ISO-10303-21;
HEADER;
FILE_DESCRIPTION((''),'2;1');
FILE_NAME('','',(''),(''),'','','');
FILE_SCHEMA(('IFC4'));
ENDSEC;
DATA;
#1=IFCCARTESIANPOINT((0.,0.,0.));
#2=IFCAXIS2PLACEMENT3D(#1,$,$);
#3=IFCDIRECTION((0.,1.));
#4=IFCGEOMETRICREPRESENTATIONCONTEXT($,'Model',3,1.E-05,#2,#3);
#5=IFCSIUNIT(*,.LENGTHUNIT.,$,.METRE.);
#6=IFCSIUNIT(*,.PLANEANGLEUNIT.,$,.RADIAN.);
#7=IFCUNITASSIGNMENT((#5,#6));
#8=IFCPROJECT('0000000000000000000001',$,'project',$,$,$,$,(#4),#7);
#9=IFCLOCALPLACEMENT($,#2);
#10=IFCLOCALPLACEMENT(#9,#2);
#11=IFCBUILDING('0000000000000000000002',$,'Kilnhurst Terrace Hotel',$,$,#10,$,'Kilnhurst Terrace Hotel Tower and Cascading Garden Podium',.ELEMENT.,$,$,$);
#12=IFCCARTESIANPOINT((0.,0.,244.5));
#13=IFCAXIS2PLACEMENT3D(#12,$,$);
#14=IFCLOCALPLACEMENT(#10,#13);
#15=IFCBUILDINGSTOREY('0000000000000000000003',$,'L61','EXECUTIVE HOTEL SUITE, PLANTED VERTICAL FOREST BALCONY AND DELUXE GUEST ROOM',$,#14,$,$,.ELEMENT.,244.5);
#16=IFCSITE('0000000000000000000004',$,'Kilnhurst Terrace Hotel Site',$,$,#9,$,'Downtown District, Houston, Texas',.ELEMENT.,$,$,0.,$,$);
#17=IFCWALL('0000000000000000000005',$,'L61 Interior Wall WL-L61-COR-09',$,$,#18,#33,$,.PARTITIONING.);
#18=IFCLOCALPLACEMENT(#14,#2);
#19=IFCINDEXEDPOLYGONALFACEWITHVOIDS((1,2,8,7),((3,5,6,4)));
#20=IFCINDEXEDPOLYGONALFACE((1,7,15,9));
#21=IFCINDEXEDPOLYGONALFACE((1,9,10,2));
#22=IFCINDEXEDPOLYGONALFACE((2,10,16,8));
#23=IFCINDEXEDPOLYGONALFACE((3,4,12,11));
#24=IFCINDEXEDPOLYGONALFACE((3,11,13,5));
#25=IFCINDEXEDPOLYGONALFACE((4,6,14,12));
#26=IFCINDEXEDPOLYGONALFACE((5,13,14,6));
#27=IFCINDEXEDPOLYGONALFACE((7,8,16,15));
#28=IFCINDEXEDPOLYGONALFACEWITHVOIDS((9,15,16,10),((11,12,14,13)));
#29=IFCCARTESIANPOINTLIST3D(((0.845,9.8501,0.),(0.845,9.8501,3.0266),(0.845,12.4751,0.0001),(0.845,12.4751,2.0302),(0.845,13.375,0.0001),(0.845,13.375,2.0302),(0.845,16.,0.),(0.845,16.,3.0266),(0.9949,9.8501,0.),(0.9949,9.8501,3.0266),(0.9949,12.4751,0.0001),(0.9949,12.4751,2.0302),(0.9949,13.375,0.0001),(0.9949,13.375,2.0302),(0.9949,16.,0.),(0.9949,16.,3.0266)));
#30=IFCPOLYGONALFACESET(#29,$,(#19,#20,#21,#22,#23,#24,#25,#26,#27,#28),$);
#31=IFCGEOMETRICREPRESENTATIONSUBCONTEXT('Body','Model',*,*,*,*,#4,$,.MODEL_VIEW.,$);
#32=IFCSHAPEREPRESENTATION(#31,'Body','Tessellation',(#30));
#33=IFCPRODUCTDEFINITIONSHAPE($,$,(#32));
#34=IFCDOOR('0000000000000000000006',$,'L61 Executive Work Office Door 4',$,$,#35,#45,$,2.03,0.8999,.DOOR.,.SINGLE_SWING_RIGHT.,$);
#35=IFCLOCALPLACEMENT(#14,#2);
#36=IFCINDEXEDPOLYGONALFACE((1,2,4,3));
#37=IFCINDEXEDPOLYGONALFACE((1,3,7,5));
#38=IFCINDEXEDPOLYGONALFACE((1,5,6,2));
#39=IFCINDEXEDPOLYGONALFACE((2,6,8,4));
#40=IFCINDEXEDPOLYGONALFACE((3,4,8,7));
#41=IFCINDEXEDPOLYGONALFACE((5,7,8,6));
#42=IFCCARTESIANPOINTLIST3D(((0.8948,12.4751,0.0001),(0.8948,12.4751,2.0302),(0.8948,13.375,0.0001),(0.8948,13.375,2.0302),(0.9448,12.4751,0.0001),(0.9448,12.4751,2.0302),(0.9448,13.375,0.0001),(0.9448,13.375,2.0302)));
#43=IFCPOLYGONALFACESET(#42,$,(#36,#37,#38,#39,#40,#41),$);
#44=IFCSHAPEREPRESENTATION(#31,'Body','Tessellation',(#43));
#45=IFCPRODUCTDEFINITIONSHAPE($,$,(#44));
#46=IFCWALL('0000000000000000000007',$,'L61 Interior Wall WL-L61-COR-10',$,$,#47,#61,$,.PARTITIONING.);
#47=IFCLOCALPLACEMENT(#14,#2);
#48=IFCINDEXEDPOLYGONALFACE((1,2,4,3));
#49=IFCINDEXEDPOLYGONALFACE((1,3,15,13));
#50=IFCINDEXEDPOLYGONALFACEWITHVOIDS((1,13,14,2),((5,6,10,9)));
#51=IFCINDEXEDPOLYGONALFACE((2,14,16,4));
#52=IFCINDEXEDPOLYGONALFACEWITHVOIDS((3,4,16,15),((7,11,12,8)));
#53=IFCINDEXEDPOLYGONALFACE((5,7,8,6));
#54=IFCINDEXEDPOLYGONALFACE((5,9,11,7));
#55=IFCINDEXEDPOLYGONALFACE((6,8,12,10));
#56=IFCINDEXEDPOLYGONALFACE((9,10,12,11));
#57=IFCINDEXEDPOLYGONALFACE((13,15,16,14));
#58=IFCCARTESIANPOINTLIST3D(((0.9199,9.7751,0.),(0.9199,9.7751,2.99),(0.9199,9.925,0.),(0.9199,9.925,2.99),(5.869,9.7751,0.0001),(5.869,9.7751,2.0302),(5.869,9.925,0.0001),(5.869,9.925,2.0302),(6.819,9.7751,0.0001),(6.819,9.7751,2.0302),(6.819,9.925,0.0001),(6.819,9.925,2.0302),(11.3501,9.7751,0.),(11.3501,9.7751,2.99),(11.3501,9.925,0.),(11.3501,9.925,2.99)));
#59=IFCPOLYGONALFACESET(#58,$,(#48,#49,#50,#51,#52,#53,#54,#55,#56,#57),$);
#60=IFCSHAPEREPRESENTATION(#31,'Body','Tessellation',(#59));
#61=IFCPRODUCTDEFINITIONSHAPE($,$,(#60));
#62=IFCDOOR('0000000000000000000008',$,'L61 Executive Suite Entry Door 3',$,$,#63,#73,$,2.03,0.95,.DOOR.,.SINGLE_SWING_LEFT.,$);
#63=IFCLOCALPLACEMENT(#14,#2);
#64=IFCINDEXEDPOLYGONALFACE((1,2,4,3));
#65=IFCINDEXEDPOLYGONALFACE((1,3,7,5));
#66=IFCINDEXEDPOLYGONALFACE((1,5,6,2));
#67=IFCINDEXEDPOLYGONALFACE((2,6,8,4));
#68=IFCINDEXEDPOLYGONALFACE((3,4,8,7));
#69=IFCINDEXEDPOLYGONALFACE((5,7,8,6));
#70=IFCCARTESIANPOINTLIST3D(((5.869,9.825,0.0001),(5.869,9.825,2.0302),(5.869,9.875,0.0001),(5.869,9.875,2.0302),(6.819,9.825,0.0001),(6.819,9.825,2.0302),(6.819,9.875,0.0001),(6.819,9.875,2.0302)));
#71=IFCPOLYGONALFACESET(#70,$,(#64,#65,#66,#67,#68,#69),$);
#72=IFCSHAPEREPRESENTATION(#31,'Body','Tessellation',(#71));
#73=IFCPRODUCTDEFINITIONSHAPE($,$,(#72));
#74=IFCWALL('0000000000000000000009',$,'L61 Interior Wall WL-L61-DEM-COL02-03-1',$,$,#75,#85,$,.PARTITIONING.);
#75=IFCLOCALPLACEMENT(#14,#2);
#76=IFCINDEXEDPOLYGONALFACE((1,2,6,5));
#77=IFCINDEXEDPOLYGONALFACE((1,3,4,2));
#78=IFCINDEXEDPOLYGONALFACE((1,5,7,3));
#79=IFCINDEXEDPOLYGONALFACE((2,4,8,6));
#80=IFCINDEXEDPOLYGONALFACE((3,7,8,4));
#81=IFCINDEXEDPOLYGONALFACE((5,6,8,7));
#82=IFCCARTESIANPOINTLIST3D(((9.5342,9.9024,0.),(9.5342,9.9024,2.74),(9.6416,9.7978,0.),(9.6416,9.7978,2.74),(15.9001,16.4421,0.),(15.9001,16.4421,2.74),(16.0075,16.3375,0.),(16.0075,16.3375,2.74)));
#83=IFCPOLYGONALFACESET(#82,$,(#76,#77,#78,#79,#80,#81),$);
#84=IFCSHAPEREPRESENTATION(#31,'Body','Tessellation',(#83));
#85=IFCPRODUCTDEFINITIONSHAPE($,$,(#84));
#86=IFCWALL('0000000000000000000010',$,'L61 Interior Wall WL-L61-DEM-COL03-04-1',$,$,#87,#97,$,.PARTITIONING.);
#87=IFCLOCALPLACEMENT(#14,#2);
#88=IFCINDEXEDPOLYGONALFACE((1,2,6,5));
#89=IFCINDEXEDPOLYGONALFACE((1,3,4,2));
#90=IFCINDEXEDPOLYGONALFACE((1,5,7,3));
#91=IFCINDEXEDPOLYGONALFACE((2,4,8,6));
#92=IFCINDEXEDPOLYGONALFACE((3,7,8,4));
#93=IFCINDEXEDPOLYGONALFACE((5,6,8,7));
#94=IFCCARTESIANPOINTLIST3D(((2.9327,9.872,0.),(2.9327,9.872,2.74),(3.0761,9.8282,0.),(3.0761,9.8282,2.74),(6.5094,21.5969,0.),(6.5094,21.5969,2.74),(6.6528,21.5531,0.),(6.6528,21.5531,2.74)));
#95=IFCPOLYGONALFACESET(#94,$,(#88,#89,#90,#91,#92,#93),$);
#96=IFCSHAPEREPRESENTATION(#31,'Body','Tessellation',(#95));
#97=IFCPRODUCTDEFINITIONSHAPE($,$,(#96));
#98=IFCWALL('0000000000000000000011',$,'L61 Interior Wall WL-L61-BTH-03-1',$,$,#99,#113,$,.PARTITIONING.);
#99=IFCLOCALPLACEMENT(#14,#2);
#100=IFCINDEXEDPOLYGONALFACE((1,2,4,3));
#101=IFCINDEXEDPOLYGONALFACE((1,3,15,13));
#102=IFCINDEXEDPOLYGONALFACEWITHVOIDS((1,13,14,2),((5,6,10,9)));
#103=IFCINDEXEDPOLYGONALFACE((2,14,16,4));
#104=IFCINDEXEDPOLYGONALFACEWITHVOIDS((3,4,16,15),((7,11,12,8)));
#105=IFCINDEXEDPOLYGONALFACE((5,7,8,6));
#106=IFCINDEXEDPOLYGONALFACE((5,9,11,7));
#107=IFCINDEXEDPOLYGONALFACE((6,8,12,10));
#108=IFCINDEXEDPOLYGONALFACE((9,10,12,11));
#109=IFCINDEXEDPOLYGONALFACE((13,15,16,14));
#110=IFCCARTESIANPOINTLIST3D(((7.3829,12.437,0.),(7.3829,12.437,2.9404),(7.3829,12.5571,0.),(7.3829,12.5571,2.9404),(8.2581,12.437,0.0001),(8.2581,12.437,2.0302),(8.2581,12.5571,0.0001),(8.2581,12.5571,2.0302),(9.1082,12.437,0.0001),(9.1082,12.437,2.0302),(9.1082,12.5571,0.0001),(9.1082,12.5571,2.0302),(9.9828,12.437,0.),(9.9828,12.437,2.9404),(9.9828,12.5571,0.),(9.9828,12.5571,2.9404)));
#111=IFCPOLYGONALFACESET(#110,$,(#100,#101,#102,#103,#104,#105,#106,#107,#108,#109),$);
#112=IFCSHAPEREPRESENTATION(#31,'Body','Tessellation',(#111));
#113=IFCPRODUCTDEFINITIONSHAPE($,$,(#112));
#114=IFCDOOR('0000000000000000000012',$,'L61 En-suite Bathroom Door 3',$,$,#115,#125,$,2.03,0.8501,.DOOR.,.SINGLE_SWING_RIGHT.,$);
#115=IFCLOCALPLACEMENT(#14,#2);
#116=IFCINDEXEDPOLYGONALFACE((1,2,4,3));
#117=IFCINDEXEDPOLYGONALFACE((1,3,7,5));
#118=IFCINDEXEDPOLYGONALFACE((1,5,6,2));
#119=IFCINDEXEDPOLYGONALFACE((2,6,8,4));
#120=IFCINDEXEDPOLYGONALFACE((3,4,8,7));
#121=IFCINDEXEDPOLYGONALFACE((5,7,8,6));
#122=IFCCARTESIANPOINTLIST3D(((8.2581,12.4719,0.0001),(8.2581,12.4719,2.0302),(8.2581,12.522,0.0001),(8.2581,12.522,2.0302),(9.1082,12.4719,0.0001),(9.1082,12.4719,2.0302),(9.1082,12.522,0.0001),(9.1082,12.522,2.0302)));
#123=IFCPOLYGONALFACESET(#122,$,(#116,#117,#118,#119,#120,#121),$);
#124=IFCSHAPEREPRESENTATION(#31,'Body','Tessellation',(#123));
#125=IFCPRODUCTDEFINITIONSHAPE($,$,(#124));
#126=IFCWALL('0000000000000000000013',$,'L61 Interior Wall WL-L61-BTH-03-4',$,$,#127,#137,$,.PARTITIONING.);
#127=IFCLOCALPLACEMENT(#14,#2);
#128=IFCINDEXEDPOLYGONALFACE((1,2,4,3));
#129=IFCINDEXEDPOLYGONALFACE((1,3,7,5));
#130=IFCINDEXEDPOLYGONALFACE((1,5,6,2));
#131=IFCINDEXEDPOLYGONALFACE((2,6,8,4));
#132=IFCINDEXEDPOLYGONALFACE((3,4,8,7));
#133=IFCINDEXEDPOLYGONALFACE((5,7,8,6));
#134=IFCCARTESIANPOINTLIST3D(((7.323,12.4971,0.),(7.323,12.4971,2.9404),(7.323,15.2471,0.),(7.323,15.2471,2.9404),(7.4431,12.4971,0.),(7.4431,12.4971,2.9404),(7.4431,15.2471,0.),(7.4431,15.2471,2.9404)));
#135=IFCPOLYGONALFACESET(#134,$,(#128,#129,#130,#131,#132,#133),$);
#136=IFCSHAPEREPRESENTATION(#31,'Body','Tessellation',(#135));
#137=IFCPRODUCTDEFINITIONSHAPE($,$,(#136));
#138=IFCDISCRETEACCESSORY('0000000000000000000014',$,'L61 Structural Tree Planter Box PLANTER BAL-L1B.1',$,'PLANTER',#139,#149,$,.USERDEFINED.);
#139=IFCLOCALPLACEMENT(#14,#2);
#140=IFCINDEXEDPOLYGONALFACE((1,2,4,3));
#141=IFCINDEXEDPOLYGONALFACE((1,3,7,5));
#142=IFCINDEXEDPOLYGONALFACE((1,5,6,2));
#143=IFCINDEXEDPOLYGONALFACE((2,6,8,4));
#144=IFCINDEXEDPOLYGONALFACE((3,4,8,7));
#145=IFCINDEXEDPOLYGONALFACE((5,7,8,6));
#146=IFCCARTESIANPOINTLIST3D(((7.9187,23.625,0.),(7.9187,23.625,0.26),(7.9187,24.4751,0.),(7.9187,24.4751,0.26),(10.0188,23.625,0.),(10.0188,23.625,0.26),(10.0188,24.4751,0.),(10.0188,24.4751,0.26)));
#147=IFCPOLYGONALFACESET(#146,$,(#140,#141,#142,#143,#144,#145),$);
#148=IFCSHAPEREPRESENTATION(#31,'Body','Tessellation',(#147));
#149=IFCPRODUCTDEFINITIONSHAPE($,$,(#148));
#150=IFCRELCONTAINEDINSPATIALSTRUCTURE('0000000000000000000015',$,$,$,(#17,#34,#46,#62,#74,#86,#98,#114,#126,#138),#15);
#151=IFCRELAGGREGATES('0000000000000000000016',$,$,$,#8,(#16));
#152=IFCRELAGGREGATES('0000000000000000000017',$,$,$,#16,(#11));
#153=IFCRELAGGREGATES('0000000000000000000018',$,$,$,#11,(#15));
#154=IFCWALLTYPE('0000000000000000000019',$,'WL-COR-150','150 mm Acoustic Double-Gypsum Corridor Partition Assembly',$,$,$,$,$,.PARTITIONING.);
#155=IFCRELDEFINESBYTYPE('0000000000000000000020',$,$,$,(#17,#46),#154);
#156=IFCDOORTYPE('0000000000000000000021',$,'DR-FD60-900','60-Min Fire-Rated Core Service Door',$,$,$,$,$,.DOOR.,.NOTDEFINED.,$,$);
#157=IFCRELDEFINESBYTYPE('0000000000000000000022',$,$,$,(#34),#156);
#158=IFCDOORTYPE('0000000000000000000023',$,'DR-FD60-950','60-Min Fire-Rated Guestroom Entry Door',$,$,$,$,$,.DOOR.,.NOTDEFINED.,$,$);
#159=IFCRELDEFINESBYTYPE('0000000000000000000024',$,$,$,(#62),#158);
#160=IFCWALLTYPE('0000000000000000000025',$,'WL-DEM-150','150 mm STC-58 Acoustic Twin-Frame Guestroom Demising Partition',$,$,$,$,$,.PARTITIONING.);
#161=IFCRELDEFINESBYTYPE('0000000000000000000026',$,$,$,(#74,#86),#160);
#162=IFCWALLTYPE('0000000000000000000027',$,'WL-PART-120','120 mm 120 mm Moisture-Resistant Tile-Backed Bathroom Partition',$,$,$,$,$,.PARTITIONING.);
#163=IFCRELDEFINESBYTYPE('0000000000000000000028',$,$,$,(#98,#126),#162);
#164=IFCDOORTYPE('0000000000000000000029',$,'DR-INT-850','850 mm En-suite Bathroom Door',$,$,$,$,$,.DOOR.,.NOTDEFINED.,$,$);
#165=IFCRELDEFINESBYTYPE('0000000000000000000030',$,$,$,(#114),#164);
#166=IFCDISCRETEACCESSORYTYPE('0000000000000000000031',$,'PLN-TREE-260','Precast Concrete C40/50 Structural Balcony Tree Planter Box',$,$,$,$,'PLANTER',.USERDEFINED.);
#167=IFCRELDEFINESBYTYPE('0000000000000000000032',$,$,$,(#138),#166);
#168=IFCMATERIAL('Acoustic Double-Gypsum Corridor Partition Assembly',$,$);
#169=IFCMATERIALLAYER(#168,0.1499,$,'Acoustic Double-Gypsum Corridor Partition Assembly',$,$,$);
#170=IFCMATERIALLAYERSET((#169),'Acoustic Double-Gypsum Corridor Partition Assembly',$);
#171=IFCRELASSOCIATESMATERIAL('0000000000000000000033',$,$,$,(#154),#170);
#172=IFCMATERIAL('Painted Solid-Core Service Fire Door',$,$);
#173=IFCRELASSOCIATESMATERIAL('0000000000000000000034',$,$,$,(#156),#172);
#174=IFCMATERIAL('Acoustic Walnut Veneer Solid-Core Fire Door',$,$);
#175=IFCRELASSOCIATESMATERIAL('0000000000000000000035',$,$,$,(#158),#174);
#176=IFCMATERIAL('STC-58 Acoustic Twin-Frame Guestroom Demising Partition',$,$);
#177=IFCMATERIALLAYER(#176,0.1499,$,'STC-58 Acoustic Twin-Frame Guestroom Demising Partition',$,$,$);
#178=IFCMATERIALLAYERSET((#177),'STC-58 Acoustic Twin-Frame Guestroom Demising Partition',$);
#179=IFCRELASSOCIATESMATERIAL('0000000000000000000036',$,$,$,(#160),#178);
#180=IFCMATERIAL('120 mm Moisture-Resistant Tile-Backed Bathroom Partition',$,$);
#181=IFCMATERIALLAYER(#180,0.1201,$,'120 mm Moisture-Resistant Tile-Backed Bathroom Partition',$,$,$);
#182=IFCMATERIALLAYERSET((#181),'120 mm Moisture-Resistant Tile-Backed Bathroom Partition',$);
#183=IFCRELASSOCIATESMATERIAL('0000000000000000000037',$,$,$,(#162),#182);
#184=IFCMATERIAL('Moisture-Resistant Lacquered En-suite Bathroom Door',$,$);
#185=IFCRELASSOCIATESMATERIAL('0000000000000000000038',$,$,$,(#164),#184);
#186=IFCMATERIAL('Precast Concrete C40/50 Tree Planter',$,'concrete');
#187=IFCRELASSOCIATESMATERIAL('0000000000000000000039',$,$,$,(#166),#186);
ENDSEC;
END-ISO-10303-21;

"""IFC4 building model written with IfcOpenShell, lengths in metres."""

from ifc_helpers import new_model, si_unit, direction, frame, frame_2d, origin, origin_2d, place, context, subcontext, project, spatial, rectangle, extrude, material, layer, layer_set, type_object, element, fill, save


model = new_model("IFC4")

# Units and contexts
model_context = context("Model", 3, precision=1e-05, world=origin(), true_north=direction((0.0, 1.0)))
body_context = subcontext(model_context, "Body", "Model", "MODEL_VIEW")
ifc_project = project(units=[si_unit("LENGTHUNIT", "METRE"), si_unit("PLANEANGLEUNIT", "RADIAN")], contexts=[model_context])

# Site, building, storey
site_placement = place(None, origin())
site = spatial("IfcSite", under=ifc_project, at=site_placement, Name="Kilnhurst Terrace Hotel Site", LongName="Downtown District, Houston, Texas", CompositionType="ELEMENT", RefElevation=0.0)
building_placement = place(site_placement, origin())
building = spatial("IfcBuilding", under=site, at=building_placement, Name="Kilnhurst Terrace Hotel", LongName="Kilnhurst Terrace Hotel Tower and Cascading Garden Podium", CompositionType="ELEMENT")
storey_placement = place(building_placement, frame((0.0, 0.0, 244.5)))
storey = spatial("IfcBuildingStorey", under=building, at=storey_placement, Name="L61", Description="EXECUTIVE HOTEL SUITE, PLANTED VERTICAL FOREST BALCONY AND DELUXE GUEST ROOM", CompositionType="ELEMENT", Elevation=244.5)

# Walls, openings, doors
ifc_material_1 = material(Name="Acoustic Double-Gypsum Corridor Partition Assembly")
ifc_layer_1 = layer(ifc_material_1, 0.1499, Name="Acoustic Double-Gypsum Corridor Partition Assembly")
ifc_layer_set_1 = layer_set([ifc_layer_1], Name="Acoustic Double-Gypsum Corridor Partition Assembly")
wall_type_1 = type_object("IfcWallType", Name="WL-COR-150", Description="150 mm Acoustic Double-Gypsum Corridor Partition Assembly", PredefinedType="PARTITIONING", material=ifc_layer_set_1)
wall_1_placement = place(storey_placement, frame((0.9199, 16.0, 0.0), z_axis=(0.0, 0.0, 1.0), x_axis=(0.0, -1.0, 0.0)))
wall_1 = element("IfcWall", 1, at=wall_1_placement, inside=storey, type_object=wall_type_1, Name="L61 Interior Wall WL-L61-COR-09", PredefinedType="PARTITIONING", context=body_context, shape_type="SweptSolid", body=[
    extrude(rectangle(XDim=6.1499, YDim=0.1499, at=frame_2d((3.075, 0.0))), origin(), (0.0, 0.0, 1.0), 3.0266),
])
opening_1_placement = place(wall_1_placement, frame((2.625, 0.0, 0.0)))
opening_1 = element("IfcOpeningElement", 2, at=opening_1_placement, cuts=wall_1, PredefinedType="OPENING", context=body_context, shape_type="SweptSolid", body=[
    extrude(rectangle(XDim=0.8999, YDim=2.03, at=frame_2d((0.45, 1.0151))), frame((0.0, 0.085, 0.0), z_axis=(0.0, -1.0, 0.0), x_axis=(1.0, 0.0, 0.0)), (0.0, 0.0, 1.0), 0.1699),
])
ifc_material_2 = material(Name="Painted Solid-Core Service Fire Door")
door_type_1 = type_object("IfcDoorType", Name="DR-FD60-900", Description="60-Min Fire-Rated Core Service Door", OperationType="NOTDEFINED", PredefinedType="DOOR", material=ifc_material_2)
door_1_placement = place(opening_1_placement, origin())
door_1 = element("IfcDoor", 3, at=door_1_placement, inside=storey, type_object=door_type_1, Name="L61 Executive Work Office Door 4", OperationType="SINGLE_SWING_RIGHT", OverallHeight=2.03, OverallWidth=0.8999, PredefinedType="DOOR", context=body_context, shape_type="SweptSolid", body=[
    extrude(rectangle(XDim=0.8999, YDim=2.03, at=frame_2d((0.45, 1.0151))), frame((0.0, 0.0249, 0.0), z_axis=(0.0, -1.0, 0.0), x_axis=(1.0, 0.0, 0.0)), (0.0, 0.0, 1.0), 0.05),
])
fill(opening_1, door_1)
wall_2_placement = place(storey_placement, frame((0.9199, 9.8501, 0.0), z_axis=(0.0, 0.0, 1.0), x_axis=(1.0, 0.0, 0.0)))
wall_2 = element("IfcWall", 4, at=wall_2_placement, inside=storey, type_object=wall_type_1, Name="L61 Interior Wall WL-L61-COR-10", PredefinedType="PARTITIONING", context=body_context, shape_type="SweptSolid", body=[
    extrude(rectangle(XDim=10.4302, YDim=0.1499, at=frame_2d((5.2151, 0.0))), origin(), (0.0, 0.0, 1.0), 2.99),
])
opening_2_placement = place(wall_2_placement, frame((4.949, 0.0, 0.0)))
opening_2 = element("IfcOpeningElement", 5, at=opening_2_placement, cuts=wall_2, PredefinedType="OPENING", context=body_context, shape_type="SweptSolid", body=[
    extrude(rectangle(XDim=0.95, YDim=2.03, at=frame_2d((0.4751, 1.0151))), frame((0.0, 0.085, 0.0), z_axis=(0.0, -1.0, 0.0), x_axis=(1.0, 0.0, 0.0)), (0.0, 0.0, 1.0), 0.1699),
])
ifc_material_3 = material(Name="Acoustic Walnut Veneer Solid-Core Fire Door")
door_type_2 = type_object("IfcDoorType", Name="DR-FD60-950", Description="60-Min Fire-Rated Guestroom Entry Door", OperationType="NOTDEFINED", PredefinedType="DOOR", material=ifc_material_3)
door_2_placement = place(opening_2_placement, origin())
door_2 = element("IfcDoor", 6, at=door_2_placement, inside=storey, type_object=door_type_2, Name="L61 Executive Suite Entry Door 3", OperationType="SINGLE_SWING_LEFT", OverallHeight=2.03, OverallWidth=0.95, PredefinedType="DOOR", context=body_context, shape_type="SweptSolid", body=[
    extrude(rectangle(XDim=0.95, YDim=2.03, at=frame_2d((0.4751, 1.0151))), frame((0.0, 0.0249, 0.0), z_axis=(0.0, -1.0, 0.0), x_axis=(1.0, 0.0, 0.0)), (0.0, 0.0, 1.0), 0.05),
])
fill(opening_2, door_2)

# Walls
ifc_material_4 = material(Name="STC-58 Acoustic Twin-Frame Guestroom Demising Partition")
ifc_layer_2 = layer(ifc_material_4, 0.1499, Name="STC-58 Acoustic Twin-Frame Guestroom Demising Partition")
ifc_layer_set_2 = layer_set([ifc_layer_2], Name="STC-58 Acoustic Twin-Frame Guestroom Demising Partition")
wall_type_2 = type_object("IfcWallType", Name="WL-DEM-150", Description="150 mm STC-58 Acoustic Twin-Frame Guestroom Demising Partition", PredefinedType="PARTITIONING", material=ifc_layer_set_2)
wall_3_placement = place(storey_placement, frame((9.5879, 9.8501, 0.0), z_axis=(0.0, 0.0, 1.0), x_axis=(0.697519, 0.716566, 0.0)))
element("IfcWall", 7, at=wall_3_placement, inside=storey, type_object=wall_type_2, Name="L61 Interior Wall WL-L61-DEM-COL02-03-1", PredefinedType="PARTITIONING", context=body_context, shape_type="SweptSolid", body=[
    extrude(rectangle(XDim=9.1265, YDim=0.1499, at=frame_2d((4.5632, 0.0))), origin(), (0.0, 0.0, 1.0), 2.74),
])
wall_4_placement = place(storey_placement, frame((3.0044, 9.8501, 0.0), z_axis=(0.0, 0.0, 1.0), x_axis=(0.291776, 0.956487, 0.0)))
element("IfcWall", 8, at=wall_4_placement, inside=storey, type_object=wall_type_2, Name="L61 Interior Wall WL-L61-DEM-COL03-04-1", PredefinedType="PARTITIONING", context=body_context, shape_type="SweptSolid", body=[
    extrude(rectangle(XDim=12.2583, YDim=0.1499, at=frame_2d((6.1292, 0.0))), origin(), (0.0, 0.0, 1.0), 2.74),
])

# Wall, opening, door
ifc_material_5 = material(Name="120 mm Moisture-Resistant Tile-Backed Bathroom Partition")
ifc_layer_3 = layer(ifc_material_5, 0.1201, Name="120 mm Moisture-Resistant Tile-Backed Bathroom Partition")
ifc_layer_set_3 = layer_set([ifc_layer_3], Name="120 mm Moisture-Resistant Tile-Backed Bathroom Partition")
wall_type_3 = type_object("IfcWallType", Name="WL-PART-120", Description="120 mm 120 mm Moisture-Resistant Tile-Backed Bathroom Partition", PredefinedType="PARTITIONING", material=ifc_layer_set_3)
wall_5_placement = place(storey_placement, frame((7.3831, 12.4971, 0.0), z_axis=(0.0, 0.0, 1.0), x_axis=(1.0, 0.0, 0.0)))
wall_5 = element("IfcWall", 9, at=wall_5_placement, inside=storey, type_object=wall_type_3, Name="L61 Interior Wall WL-L61-BTH-03-1", PredefinedType="PARTITIONING", context=body_context, shape_type="SweptSolid", body=[
    extrude(rectangle(XDim=2.5999, YDim=0.1201, at=frame_2d((1.2998, 0.0))), origin(), (0.0, 0.0, 1.0), 2.9404),
])
opening_3_placement = place(wall_5_placement, frame((0.875, 0.0, 0.0)))
opening_3 = element("IfcOpeningElement", 10, at=opening_3_placement, cuts=wall_5, PredefinedType="OPENING", context=body_context, shape_type="SweptSolid", body=[
    extrude(rectangle(XDim=0.8501, YDim=2.03, at=frame_2d((0.425, 1.0151))), frame((0.0, 0.0701, 0.0), z_axis=(0.0, -1.0, 0.0), x_axis=(1.0, 0.0, 0.0)), (0.0, 0.0, 1.0), 0.1401),
])
ifc_material_6 = material(Name="Moisture-Resistant Lacquered En-suite Bathroom Door")
door_type_3 = type_object("IfcDoorType", Name="DR-INT-850", Description="850 mm En-suite Bathroom Door", OperationType="NOTDEFINED", PredefinedType="DOOR", material=ifc_material_6)
door_3_placement = place(opening_3_placement, origin())
door_3 = element("IfcDoor", 11, at=door_3_placement, inside=storey, type_object=door_type_3, Name="L61 En-suite Bathroom Door 3", OperationType="SINGLE_SWING_RIGHT", OverallHeight=2.03, OverallWidth=0.8501, PredefinedType="DOOR", context=body_context, shape_type="SweptSolid", body=[
    extrude(rectangle(XDim=0.8501, YDim=2.03, at=frame_2d((0.425, 1.0151))), frame((0.0, 0.0249, 0.0), z_axis=(0.0, -1.0, 0.0), x_axis=(1.0, 0.0, 0.0)), (0.0, 0.0, 1.0), 0.05),
])
fill(opening_3, door_3)

# Wall
wall_6_placement = place(storey_placement, frame((7.3831, 15.2471, 0.0), z_axis=(0.0, 0.0, 1.0), x_axis=(0.0, -1.0, 0.0)))
element("IfcWall", 12, at=wall_6_placement, inside=storey, type_object=wall_type_3, Name="L61 Interior Wall WL-L61-BTH-03-4", PredefinedType="PARTITIONING", context=body_context, shape_type="SweptSolid", body=[
    extrude(rectangle(XDim=2.75, YDim=0.1201, at=frame_2d((1.375, 0.0))), origin(), (0.0, 0.0, 1.0), 2.9404),
])

# Discrete accessory
ifc_material_7 = material(Name="Precast Concrete C40/50 Tree Planter", Category="concrete")
discrete_accessory_type = type_object("IfcDiscreteAccessoryType", Name="PLN-TREE-260", Description="Precast Concrete C40/50 Structural Balcony Tree Planter Box", ElementType="PLANTER", PredefinedType="USERDEFINED", material=ifc_material_7)
discrete_accessory_placement = place(storey_placement, frame((8.9688, 24.05, 0.0), z_axis=(0.0, 0.0, 1.0), x_axis=(-1.0, 0.0, 0.0)))
element("IfcDiscreteAccessory", 13, at=discrete_accessory_placement, inside=storey, type_object=discrete_accessory_type, Name="L61 Structural Tree Planter Box PLANTER BAL-L1B.1", ObjectType="PLANTER", PredefinedType="USERDEFINED", context=body_context, shape_type="SweptSolid", body=[
    extrude(rectangle(XDim=2.1001, YDim=0.8501, at=origin_2d()), origin(), (0.0, 0.0, 1.0), 0.26),
])

save(model, "model.ifc")
